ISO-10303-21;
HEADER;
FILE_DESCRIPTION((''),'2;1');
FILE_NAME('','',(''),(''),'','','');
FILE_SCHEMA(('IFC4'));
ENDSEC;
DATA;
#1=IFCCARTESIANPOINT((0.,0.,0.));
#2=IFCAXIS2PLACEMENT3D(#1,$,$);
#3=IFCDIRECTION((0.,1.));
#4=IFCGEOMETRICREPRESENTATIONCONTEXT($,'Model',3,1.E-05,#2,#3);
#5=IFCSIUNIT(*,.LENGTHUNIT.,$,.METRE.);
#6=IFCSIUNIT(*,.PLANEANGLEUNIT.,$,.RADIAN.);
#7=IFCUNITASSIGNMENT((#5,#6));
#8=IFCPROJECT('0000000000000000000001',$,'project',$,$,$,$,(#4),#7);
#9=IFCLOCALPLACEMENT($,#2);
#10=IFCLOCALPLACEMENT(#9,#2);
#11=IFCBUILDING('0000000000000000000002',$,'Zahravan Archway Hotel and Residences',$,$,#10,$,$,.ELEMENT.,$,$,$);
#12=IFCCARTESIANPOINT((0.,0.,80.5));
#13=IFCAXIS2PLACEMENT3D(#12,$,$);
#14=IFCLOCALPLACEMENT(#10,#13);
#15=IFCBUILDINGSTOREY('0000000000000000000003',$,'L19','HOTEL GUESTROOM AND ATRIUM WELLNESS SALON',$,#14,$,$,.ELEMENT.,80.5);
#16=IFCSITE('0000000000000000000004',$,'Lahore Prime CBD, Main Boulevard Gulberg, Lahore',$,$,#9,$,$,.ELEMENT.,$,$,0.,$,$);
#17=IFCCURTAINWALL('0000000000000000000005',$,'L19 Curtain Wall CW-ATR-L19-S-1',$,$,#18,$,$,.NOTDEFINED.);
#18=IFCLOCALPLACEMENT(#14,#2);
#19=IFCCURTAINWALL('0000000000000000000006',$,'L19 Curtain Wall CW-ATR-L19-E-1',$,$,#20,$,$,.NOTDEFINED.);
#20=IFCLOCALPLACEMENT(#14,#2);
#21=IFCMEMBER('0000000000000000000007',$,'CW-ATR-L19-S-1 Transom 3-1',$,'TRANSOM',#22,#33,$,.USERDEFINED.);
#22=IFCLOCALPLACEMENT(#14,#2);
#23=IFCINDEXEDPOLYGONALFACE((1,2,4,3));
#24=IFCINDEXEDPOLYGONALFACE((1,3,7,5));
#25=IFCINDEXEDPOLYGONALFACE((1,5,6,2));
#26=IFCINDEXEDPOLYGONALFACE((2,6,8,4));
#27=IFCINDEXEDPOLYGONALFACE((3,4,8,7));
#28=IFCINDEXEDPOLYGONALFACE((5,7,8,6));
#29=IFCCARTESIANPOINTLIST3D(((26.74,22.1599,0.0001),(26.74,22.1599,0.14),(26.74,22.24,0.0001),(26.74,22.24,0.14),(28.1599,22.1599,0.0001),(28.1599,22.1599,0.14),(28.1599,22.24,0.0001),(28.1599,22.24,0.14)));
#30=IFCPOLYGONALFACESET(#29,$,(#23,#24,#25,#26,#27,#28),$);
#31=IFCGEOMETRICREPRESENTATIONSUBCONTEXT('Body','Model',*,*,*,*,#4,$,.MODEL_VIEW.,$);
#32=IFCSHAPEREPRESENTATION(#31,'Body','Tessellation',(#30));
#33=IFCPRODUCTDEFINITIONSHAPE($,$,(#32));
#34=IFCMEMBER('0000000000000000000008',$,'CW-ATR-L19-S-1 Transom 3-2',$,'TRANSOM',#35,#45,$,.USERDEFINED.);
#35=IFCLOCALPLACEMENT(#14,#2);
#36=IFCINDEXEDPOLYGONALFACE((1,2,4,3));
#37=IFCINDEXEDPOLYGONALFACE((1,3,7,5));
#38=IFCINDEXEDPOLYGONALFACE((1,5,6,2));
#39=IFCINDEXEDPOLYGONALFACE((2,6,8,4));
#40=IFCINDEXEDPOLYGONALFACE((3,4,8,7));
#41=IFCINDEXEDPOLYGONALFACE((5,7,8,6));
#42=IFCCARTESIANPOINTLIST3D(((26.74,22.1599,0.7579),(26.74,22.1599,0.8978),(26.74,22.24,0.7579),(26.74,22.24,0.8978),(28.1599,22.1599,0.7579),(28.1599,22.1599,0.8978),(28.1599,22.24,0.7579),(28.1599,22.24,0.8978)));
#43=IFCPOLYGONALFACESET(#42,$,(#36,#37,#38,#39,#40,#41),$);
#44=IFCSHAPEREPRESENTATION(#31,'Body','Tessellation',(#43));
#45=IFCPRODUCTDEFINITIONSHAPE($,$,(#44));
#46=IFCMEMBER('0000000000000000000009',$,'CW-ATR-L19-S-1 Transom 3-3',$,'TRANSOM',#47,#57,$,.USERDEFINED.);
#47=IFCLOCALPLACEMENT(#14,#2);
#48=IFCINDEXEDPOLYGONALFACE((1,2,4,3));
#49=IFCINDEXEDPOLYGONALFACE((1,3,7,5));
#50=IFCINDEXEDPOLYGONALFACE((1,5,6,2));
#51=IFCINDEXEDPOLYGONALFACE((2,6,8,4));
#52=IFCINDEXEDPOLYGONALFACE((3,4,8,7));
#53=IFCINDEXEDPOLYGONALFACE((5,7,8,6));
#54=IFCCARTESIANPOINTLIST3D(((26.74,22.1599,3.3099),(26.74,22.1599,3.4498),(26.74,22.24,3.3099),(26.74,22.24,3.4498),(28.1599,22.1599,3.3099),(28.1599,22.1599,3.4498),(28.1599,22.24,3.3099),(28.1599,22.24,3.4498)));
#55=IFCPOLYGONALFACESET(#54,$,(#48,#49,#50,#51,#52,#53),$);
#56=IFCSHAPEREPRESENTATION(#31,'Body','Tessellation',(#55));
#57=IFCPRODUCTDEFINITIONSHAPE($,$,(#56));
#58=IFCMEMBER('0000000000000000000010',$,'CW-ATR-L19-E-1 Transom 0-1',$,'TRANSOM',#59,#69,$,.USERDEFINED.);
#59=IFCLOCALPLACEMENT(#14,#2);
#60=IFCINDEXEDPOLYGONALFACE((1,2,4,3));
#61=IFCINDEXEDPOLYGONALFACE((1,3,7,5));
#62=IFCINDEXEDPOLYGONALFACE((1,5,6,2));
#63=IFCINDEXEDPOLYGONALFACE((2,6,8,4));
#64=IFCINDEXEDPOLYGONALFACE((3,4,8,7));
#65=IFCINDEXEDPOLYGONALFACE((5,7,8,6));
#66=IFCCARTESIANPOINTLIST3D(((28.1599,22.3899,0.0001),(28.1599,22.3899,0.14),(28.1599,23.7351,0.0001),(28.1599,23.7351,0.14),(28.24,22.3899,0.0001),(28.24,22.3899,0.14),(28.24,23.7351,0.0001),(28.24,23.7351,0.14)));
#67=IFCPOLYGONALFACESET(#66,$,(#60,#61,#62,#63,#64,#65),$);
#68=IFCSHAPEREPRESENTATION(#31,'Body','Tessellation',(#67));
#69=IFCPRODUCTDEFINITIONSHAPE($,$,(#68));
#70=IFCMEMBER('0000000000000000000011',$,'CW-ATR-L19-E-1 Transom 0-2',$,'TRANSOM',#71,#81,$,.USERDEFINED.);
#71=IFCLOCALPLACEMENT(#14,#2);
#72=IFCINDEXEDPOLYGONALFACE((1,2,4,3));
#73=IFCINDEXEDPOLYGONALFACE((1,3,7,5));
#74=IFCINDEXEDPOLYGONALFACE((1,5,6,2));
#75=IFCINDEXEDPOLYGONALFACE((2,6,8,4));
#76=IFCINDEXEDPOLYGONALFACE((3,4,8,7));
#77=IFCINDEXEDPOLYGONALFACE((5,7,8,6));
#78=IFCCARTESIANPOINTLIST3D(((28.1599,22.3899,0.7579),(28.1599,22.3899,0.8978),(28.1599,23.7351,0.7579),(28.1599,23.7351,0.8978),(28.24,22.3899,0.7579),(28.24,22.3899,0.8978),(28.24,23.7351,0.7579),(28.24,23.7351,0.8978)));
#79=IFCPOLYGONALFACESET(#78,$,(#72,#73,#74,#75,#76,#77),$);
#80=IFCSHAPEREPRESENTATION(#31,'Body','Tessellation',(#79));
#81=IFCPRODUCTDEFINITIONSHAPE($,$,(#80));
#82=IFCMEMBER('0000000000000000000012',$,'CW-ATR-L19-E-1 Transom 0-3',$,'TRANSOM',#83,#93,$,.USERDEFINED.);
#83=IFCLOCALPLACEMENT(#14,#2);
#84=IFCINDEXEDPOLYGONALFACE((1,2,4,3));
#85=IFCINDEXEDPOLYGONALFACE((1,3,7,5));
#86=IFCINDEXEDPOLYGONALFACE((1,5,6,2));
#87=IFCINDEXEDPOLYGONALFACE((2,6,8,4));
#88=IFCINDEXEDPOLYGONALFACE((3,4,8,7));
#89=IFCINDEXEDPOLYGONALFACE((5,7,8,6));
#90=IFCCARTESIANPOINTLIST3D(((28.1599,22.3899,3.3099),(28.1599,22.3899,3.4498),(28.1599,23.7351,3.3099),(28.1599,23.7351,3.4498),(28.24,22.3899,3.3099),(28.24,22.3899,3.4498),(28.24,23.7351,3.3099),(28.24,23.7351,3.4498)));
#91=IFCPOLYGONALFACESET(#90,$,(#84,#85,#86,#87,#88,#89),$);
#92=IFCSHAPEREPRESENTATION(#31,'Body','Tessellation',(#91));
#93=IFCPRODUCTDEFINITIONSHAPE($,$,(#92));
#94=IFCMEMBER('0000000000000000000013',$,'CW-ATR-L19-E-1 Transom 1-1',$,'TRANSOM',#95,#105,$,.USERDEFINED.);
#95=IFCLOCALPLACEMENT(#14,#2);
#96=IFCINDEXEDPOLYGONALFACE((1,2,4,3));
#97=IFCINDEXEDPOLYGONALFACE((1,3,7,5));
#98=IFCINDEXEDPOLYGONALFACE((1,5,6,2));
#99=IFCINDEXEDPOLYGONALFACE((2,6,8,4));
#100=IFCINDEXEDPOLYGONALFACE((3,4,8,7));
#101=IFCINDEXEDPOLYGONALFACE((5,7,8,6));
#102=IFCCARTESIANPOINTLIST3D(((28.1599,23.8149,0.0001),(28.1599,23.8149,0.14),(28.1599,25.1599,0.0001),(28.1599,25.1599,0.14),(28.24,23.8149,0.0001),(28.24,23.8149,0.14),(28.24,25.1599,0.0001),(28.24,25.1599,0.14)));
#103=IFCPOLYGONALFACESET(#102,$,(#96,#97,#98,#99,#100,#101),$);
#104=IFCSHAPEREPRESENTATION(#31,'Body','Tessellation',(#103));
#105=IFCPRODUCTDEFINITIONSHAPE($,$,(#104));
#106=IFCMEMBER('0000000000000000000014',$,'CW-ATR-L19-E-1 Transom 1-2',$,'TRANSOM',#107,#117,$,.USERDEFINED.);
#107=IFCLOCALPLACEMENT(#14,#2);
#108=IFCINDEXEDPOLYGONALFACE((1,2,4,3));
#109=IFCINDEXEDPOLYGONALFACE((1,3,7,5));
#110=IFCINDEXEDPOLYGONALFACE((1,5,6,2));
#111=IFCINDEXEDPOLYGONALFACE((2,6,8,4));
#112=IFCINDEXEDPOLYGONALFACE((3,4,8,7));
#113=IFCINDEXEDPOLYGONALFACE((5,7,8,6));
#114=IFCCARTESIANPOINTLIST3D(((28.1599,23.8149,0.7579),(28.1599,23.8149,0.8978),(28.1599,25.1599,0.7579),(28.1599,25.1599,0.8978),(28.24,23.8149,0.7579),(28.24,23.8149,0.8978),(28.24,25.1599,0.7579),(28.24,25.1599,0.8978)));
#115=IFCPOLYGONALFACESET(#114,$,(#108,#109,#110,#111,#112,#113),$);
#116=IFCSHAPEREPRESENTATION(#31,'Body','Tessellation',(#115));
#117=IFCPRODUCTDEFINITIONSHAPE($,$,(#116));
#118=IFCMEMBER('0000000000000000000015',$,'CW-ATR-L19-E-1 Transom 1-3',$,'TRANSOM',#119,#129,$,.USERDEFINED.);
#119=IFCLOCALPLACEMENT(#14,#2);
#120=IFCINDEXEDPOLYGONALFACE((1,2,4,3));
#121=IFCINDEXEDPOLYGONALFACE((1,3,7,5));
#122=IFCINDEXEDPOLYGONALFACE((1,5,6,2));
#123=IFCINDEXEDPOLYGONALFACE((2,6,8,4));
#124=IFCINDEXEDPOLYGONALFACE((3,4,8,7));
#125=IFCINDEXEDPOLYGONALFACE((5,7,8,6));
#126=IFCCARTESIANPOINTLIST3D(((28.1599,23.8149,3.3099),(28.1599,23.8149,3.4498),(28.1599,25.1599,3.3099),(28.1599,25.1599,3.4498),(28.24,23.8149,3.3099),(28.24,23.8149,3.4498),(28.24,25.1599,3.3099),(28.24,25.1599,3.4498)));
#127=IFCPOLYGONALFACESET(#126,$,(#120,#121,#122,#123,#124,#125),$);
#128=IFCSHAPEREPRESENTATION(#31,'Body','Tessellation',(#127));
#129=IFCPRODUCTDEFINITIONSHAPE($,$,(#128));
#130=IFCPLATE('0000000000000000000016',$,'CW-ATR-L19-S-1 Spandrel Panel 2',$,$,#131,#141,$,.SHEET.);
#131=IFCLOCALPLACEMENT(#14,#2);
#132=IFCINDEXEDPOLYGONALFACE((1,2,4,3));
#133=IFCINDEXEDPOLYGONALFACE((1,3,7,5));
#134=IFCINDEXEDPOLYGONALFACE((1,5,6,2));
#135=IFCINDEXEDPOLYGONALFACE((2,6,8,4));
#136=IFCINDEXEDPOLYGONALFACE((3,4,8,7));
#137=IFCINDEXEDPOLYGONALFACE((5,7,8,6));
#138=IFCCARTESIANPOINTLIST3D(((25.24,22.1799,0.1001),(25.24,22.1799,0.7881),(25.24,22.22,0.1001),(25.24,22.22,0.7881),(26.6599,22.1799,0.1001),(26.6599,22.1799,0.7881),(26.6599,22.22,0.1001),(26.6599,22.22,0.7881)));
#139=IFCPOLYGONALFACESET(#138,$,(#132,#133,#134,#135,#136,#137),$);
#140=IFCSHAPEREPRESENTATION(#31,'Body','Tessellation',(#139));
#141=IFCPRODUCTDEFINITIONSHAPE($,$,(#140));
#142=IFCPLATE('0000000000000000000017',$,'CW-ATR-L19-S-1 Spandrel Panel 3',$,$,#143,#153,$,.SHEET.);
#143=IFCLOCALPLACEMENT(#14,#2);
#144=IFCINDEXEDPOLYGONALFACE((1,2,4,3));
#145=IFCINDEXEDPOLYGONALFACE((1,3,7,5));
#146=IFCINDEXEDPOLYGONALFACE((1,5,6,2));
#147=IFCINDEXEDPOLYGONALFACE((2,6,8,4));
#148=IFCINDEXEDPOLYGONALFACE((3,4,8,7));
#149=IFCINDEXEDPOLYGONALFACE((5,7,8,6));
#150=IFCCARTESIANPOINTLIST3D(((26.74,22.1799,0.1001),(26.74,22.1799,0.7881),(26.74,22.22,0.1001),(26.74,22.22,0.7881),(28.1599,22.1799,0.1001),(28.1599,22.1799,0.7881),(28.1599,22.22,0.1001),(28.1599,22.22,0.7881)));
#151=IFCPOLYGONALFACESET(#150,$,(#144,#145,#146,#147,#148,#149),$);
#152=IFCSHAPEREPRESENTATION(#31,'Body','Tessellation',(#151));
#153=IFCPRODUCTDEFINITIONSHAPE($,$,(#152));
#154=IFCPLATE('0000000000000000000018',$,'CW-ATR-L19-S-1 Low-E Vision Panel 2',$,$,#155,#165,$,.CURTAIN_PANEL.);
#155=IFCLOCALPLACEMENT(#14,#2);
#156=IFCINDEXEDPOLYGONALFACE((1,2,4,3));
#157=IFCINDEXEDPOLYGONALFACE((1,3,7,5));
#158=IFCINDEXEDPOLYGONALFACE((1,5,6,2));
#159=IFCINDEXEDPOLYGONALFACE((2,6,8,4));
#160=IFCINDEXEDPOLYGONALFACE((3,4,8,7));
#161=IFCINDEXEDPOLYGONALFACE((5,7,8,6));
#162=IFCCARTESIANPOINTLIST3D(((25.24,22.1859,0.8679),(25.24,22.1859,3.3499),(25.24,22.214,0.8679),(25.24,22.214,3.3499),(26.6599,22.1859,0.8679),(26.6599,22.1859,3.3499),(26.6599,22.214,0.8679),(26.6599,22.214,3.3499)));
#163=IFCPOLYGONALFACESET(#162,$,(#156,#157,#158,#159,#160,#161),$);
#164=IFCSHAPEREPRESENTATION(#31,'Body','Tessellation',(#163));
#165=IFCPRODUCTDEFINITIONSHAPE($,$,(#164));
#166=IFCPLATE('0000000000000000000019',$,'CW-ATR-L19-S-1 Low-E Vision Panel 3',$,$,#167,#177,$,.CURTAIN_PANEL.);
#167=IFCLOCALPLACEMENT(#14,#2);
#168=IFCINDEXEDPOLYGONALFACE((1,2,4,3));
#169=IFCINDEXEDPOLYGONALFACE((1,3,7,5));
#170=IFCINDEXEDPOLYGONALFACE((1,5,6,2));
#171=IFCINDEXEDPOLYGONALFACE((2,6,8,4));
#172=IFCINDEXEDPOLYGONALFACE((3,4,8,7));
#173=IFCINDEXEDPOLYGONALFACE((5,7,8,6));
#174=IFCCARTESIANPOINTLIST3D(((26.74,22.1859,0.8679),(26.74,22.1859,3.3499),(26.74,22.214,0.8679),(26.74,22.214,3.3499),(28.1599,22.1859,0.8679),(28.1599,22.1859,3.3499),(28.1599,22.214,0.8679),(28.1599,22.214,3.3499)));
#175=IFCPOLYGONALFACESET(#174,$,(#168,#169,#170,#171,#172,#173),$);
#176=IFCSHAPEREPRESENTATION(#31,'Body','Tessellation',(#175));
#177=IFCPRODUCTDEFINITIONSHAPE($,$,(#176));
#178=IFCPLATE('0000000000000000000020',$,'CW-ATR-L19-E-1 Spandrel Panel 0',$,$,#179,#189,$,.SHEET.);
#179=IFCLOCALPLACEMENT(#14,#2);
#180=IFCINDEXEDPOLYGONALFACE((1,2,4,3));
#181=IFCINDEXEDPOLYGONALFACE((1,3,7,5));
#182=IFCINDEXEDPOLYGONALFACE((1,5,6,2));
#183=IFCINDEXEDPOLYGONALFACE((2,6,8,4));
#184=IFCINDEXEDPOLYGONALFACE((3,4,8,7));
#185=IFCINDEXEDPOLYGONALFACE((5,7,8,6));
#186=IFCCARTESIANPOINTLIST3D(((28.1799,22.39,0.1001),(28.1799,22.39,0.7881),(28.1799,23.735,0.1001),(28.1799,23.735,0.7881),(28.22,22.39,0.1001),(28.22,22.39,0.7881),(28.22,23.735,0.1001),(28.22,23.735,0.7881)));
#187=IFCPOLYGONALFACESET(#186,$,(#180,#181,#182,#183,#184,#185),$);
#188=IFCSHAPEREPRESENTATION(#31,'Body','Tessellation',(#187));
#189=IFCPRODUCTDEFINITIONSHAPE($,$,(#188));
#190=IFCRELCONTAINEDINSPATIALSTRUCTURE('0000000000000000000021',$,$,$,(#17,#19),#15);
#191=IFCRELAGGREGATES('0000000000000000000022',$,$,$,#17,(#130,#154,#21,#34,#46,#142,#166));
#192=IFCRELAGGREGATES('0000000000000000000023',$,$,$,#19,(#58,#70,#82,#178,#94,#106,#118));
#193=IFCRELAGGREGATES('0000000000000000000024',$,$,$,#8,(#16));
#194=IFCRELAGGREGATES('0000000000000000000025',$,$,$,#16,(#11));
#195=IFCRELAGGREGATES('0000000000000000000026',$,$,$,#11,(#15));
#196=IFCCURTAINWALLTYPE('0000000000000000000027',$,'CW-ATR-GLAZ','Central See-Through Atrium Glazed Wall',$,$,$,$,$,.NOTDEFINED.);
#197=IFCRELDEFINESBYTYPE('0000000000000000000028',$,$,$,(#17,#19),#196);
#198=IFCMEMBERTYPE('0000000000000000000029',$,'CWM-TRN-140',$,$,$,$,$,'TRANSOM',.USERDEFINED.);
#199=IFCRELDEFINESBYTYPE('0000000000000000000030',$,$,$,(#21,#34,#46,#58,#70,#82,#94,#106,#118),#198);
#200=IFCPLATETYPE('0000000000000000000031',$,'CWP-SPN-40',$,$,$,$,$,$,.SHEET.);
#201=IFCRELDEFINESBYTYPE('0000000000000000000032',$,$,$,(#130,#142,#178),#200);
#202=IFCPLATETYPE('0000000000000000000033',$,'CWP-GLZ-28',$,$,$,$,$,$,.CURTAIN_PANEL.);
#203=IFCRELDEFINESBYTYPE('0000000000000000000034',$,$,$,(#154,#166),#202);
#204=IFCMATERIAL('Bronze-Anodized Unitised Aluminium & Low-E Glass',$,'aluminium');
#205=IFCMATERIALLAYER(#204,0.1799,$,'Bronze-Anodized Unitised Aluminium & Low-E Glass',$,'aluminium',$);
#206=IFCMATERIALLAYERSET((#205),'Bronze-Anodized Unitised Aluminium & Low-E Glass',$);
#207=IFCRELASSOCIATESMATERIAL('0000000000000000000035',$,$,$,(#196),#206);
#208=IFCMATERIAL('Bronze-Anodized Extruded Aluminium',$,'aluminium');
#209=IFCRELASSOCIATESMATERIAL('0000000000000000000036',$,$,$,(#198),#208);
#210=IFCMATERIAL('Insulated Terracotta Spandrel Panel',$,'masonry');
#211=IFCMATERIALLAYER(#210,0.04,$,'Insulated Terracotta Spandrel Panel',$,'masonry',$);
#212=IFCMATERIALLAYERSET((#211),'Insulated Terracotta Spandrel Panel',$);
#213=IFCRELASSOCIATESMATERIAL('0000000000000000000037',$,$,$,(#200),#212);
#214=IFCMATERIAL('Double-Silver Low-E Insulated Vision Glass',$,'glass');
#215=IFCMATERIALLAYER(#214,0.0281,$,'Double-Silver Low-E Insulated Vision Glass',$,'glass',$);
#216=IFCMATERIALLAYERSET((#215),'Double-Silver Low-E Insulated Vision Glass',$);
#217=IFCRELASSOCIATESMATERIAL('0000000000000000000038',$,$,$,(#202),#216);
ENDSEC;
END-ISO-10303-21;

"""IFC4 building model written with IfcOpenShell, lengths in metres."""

from ifc_helpers import new_model, si_unit, direction, frame, origin, origin_2d, place, context, subcontext, project, spatial, rectangle, extrude, source, transform, mapped, material, layer, layer_set, material_profile, profile_set, type_object, element, aggregate, save


model = new_model("IFC4")

# Units and contexts
model_context = context("Model", 3, precision=1e-05, world=origin(), true_north=direction((0.0, 1.0)))
body_context = subcontext(model_context, "Body", "Model", "MODEL_VIEW")
ifc_project = project(units=[si_unit("LENGTHUNIT", "METRE"), si_unit("PLANEANGLEUNIT", "RADIAN")], contexts=[model_context])

# Site, building, storey
site_placement = place(None, origin())
site = spatial("IfcSite", under=ifc_project, at=site_placement, Name="Lahore Prime CBD, Main Boulevard Gulberg, Lahore", CompositionType="ELEMENT", RefElevation=0.0)
building_placement = place(site_placement, origin())
building = spatial("IfcBuilding", under=site, at=building_placement, Name="Zahravan Archway Hotel and Residences", CompositionType="ELEMENT")
storey_placement = place(building_placement, frame((0.0, 0.0, 80.5)))
storey = spatial("IfcBuildingStorey", under=building, at=storey_placement, Name="L19", Description="HOTEL GUESTROOM AND ATRIUM WELLNESS SALON", CompositionType="ELEMENT", Elevation=80.5)

# Curtain walls
ifc_material_1 = material(Name="Bronze-Anodized Unitised Aluminium & Low-E Glass", Category="aluminium")
ifc_layer_1 = layer(ifc_material_1, 0.1799, Name="Bronze-Anodized Unitised Aluminium & Low-E Glass", Category="aluminium")
ifc_layer_set_1 = layer_set([ifc_layer_1], Name="Bronze-Anodized Unitised Aluminium & Low-E Glass")
curtain_wall_type = type_object("IfcCurtainWallType", Name="CW-ATR-GLAZ", Description="Central See-Through Atrium Glazed Wall", PredefinedType="NOTDEFINED", material=ifc_layer_set_1)
curtain_wall_1_placement = place(storey_placement, origin())
curtain_wall_1 = element("IfcCurtainWall", 1, at=curtain_wall_1_placement, inside=storey, type_object=curtain_wall_type, Name="L19 Curtain Wall CW-ATR-L19-S-1", PredefinedType="NOTDEFINED")
ifc_material_2 = material(Name="Bronze-Anodized Extruded Aluminium", Category="aluminium")
curtain_wall_2_placement = place(storey_placement, origin())
curtain_wall_2 = element("IfcCurtainWall", 2, at=curtain_wall_2_placement, inside=storey, type_object=curtain_wall_type, Name="L19 Curtain Wall CW-ATR-L19-E-1", PredefinedType="NOTDEFINED")

# Members
ifc_material_profile_1 = material_profile(ifc_material_2, rectangle(XDim=0.0801, YDim=0.1399, at=origin_2d()), Name="TRN 80x140", Category="aluminium")
ifc_profile_set_1 = profile_set([ifc_material_profile_1], Name="Bronze-Anodized Extruded Aluminium")
member_type_1 = type_object("IfcMemberType", Name="CWM-TRN-140", ElementType="TRANSOM", PredefinedType="USERDEFINED", material=ifc_profile_set_1)
shared_shape_1 = source(origin(), body_context, "Body", "SweptSolid", [
    extrude(rectangle(XDim=0.0801, YDim=0.1399, at=origin_2d()), origin(), (0.0, 0.0, 1.0), 1.4199),
])
member_1_placement = place(storey_placement, frame((26.74, 22.2, 0.0701), z_axis=(1.0, 0.0, 0.0), x_axis=(0.0, 1.0, 0.0)))
member_1 = element("IfcMember", 3, at=member_1_placement, type_object=member_type_1, Name="CW-ATR-L19-S-1 Transom 3-1", ObjectType="TRANSOM", PredefinedType="USERDEFINED", context=body_context, shape_type="MappedRepresentation", body=[
    mapped(shared_shape_1, transform((0.0, 0.0, 0.0), scale=1.0)),
])
member_2_placement = place(storey_placement, frame((26.74, 22.2, 0.8279), z_axis=(1.0, 0.0, 0.0), x_axis=(0.0, 1.0, 0.0)))
member_2 = element("IfcMember", 4, at=member_2_placement, type_object=member_type_1, Name="CW-ATR-L19-S-1 Transom 3-2", ObjectType="TRANSOM", PredefinedType="USERDEFINED", context=body_context, shape_type="MappedRepresentation", body=[
    mapped(shared_shape_1, transform((0.0, 0.0, 0.0), scale=1.0)),
])
member_3_placement = place(storey_placement, frame((26.74, 22.2, 3.3799), z_axis=(1.0, 0.0, 0.0), x_axis=(0.0, 1.0, 0.0)))
member_3 = element("IfcMember", 5, at=member_3_placement, type_object=member_type_1, Name="CW-ATR-L19-S-1 Transom 3-3", ObjectType="TRANSOM", PredefinedType="USERDEFINED", context=body_context, shape_type="MappedRepresentation", body=[
    mapped(shared_shape_1, transform((0.0, 0.0, 0.0), scale=1.0)),
])
shared_shape_2 = source(origin(), body_context, "Body", "SweptSolid", [
    extrude(rectangle(XDim=0.0801, YDim=0.1399, at=origin_2d()), origin(), (0.0, 0.0, 1.0), 1.3452),
])
member_4_placement = place(storey_placement, frame((28.2, 22.3899, 0.0701), z_axis=(0.0, 1.0, 0.0), x_axis=(-1.0, 0.0, 0.0)))
member_4 = element("IfcMember", 6, at=member_4_placement, type_object=member_type_1, Name="CW-ATR-L19-E-1 Transom 0-1", ObjectType="TRANSOM", PredefinedType="USERDEFINED", context=body_context, shape_type="MappedRepresentation", body=[
    mapped(shared_shape_2, transform((0.0, 0.0, 0.0), scale=1.0)),
])
member_5_placement = place(storey_placement, frame((28.2, 22.3899, 0.8279), z_axis=(0.0, 1.0, 0.0), x_axis=(-1.0, 0.0, 0.0)))
member_5 = element("IfcMember", 7, at=member_5_placement, type_object=member_type_1, Name="CW-ATR-L19-E-1 Transom 0-2", ObjectType="TRANSOM", PredefinedType="USERDEFINED", context=body_context, shape_type="MappedRepresentation", body=[
    mapped(shared_shape_2, transform((0.0, 0.0, 0.0), scale=1.0)),
])
member_6_placement = place(storey_placement, frame((28.2, 22.3899, 3.3799), z_axis=(0.0, 1.0, 0.0), x_axis=(-1.0, 0.0, 0.0)))
member_6 = element("IfcMember", 8, at=member_6_placement, type_object=member_type_1, Name="CW-ATR-L19-E-1 Transom 0-3", ObjectType="TRANSOM", PredefinedType="USERDEFINED", context=body_context, shape_type="MappedRepresentation", body=[
    mapped(shared_shape_2, transform((0.0, 0.0, 0.0), scale=1.0)),
])
shared_shape_3 = source(origin(), body_context, "Body", "SweptSolid", [
    extrude(rectangle(XDim=0.0801, YDim=0.1399, at=origin_2d()), origin(), (0.0, 0.0, 1.0), 1.345),
])
member_7_placement = place(storey_placement, frame((28.2, 23.8149, 0.0701), z_axis=(0.0, 1.0, 0.0), x_axis=(-1.0, 0.0, 0.0)))
member_7 = element("IfcMember", 9, at=member_7_placement, type_object=member_type_1, Name="CW-ATR-L19-E-1 Transom 1-1", ObjectType="TRANSOM", PredefinedType="USERDEFINED", context=body_context, shape_type="MappedRepresentation", body=[
    mapped(shared_shape_3, transform((0.0, 0.0, 0.0), scale=1.0)),
])
member_8_placement = place(storey_placement, frame((28.2, 23.8149, 0.8279), z_axis=(0.0, 1.0, 0.0), x_axis=(-1.0, 0.0, 0.0)))
member_8 = element("IfcMember", 10, at=member_8_placement, type_object=member_type_1, Name="CW-ATR-L19-E-1 Transom 1-2", ObjectType="TRANSOM", PredefinedType="USERDEFINED", context=body_context, shape_type="MappedRepresentation", body=[
    mapped(shared_shape_3, transform((0.0, 0.0, 0.0), scale=1.0)),
])
member_9_placement = place(storey_placement, frame((28.2, 23.8149, 3.3799), z_axis=(0.0, 1.0, 0.0), x_axis=(-1.0, 0.0, 0.0)))
member_9 = element("IfcMember", 11, at=member_9_placement, type_object=member_type_1, Name="CW-ATR-L19-E-1 Transom 1-3", ObjectType="TRANSOM", PredefinedType="USERDEFINED", context=body_context, shape_type="MappedRepresentation", body=[
    mapped(shared_shape_3, transform((0.0, 0.0, 0.0), scale=1.0)),
])

# Plates
ifc_material_3 = material(Name="Insulated Terracotta Spandrel Panel", Category="masonry")
ifc_layer_2 = layer(ifc_material_3, 0.04, Name="Insulated Terracotta Spandrel Panel", Category="masonry")
ifc_layer_set_2 = layer_set([ifc_layer_2], Name="Insulated Terracotta Spandrel Panel")
plate_type_1 = type_object("IfcPlateType", Name="CWP-SPN-40", PredefinedType="SHEET", material=ifc_layer_set_2)
shared_shape_4 = source(origin(), body_context, "Body", "SweptSolid", [
    extrude(rectangle(XDim=1.4199, YDim=0.04, at=origin_2d()), origin(), (0.0, 0.0, 1.0), 0.688),
])
plate_1_placement = place(storey_placement, frame((25.95, 22.2, 0.1001), z_axis=(0.0, 0.0, 1.0), x_axis=(1.0, 0.0, 0.0)))
plate_1 = element("IfcPlate", 12, at=plate_1_placement, type_object=plate_type_1, Name="CW-ATR-L19-S-1 Spandrel Panel 2", PredefinedType="SHEET", context=body_context, shape_type="MappedRepresentation", body=[
    mapped(shared_shape_4, transform((0.0, 0.0, 0.0), scale=1.0)),
])
plate_2_placement = place(storey_placement, frame((27.45, 22.2, 0.1001), z_axis=(0.0, 0.0, 1.0), x_axis=(1.0, 0.0, 0.0)))
plate_2 = element("IfcPlate", 13, at=plate_2_placement, type_object=plate_type_1, Name="CW-ATR-L19-S-1 Spandrel Panel 3", PredefinedType="SHEET", context=body_context, shape_type="MappedRepresentation", body=[
    mapped(shared_shape_4, transform((0.0, 0.0, 0.0), scale=1.0)),
])
ifc_material_4 = material(Name="Double-Silver Low-E Insulated Vision Glass", Category="glass")
ifc_layer_3 = layer(ifc_material_4, 0.0281, Name="Double-Silver Low-E Insulated Vision Glass", Category="glass")
ifc_layer_set_3 = layer_set([ifc_layer_3], Name="Double-Silver Low-E Insulated Vision Glass")
plate_type_2 = type_object("IfcPlateType", Name="CWP-GLZ-28", PredefinedType="CURTAIN_PANEL", material=ifc_layer_set_3)
shared_shape_5 = source(origin(), body_context, "Body", "SweptSolid", [
    extrude(rectangle(XDim=1.4199, YDim=0.0281, at=origin_2d()), origin(), (0.0, 0.0, 1.0), 2.4819),
])
plate_3_placement = place(storey_placement, frame((25.95, 22.2, 0.8679), z_axis=(0.0, 0.0, 1.0), x_axis=(1.0, 0.0, 0.0)))
plate_3 = element("IfcPlate", 14, at=plate_3_placement, type_object=plate_type_2, Name="CW-ATR-L19-S-1 Low-E Vision Panel 2", PredefinedType="CURTAIN_PANEL", context=body_context, shape_type="MappedRepresentation", body=[
    mapped(shared_shape_5, transform((0.0, 0.0, 0.0), scale=1.0)),
])
plate_4_placement = place(storey_placement, frame((27.45, 22.2, 0.8679), z_axis=(0.0, 0.0, 1.0), x_axis=(1.0, 0.0, 0.0)))
plate_4 = element("IfcPlate", 15, at=plate_4_placement, type_object=plate_type_2, Name="CW-ATR-L19-S-1 Low-E Vision Panel 3", PredefinedType="CURTAIN_PANEL", context=body_context, shape_type="MappedRepresentation", body=[
    mapped(shared_shape_5, transform((0.0, 0.0, 0.0), scale=1.0)),
])
aggregate(curtain_wall_1, [plate_1, plate_3, member_1, member_2, member_3, plate_2, plate_4])
shared_shape_6 = source(origin(), body_context, "Body", "SweptSolid", [
    extrude(rectangle(XDim=1.345, YDim=0.04, at=origin_2d()), origin(), (0.0, 0.0, 1.0), 0.688),
])
plate_5_placement = place(storey_placement, frame((28.2, 23.0625, 0.1001), z_axis=(0.0, 0.0, 1.0), x_axis=(0.0, 1.0, 0.0)))
plate_5 = element("IfcPlate", 16, at=plate_5_placement, type_object=plate_type_1, Name="CW-ATR-L19-E-1 Spandrel Panel 0", PredefinedType="SHEET", context=body_context, shape_type="MappedRepresentation", body=[
    mapped(shared_shape_6, transform((0.0, 0.0, 0.0), scale=1.0)),
])
aggregate(curtain_wall_2, [member_4, member_5, member_6, plate_5, member_7, member_8, member_9])

save(model, "model.ifc")
